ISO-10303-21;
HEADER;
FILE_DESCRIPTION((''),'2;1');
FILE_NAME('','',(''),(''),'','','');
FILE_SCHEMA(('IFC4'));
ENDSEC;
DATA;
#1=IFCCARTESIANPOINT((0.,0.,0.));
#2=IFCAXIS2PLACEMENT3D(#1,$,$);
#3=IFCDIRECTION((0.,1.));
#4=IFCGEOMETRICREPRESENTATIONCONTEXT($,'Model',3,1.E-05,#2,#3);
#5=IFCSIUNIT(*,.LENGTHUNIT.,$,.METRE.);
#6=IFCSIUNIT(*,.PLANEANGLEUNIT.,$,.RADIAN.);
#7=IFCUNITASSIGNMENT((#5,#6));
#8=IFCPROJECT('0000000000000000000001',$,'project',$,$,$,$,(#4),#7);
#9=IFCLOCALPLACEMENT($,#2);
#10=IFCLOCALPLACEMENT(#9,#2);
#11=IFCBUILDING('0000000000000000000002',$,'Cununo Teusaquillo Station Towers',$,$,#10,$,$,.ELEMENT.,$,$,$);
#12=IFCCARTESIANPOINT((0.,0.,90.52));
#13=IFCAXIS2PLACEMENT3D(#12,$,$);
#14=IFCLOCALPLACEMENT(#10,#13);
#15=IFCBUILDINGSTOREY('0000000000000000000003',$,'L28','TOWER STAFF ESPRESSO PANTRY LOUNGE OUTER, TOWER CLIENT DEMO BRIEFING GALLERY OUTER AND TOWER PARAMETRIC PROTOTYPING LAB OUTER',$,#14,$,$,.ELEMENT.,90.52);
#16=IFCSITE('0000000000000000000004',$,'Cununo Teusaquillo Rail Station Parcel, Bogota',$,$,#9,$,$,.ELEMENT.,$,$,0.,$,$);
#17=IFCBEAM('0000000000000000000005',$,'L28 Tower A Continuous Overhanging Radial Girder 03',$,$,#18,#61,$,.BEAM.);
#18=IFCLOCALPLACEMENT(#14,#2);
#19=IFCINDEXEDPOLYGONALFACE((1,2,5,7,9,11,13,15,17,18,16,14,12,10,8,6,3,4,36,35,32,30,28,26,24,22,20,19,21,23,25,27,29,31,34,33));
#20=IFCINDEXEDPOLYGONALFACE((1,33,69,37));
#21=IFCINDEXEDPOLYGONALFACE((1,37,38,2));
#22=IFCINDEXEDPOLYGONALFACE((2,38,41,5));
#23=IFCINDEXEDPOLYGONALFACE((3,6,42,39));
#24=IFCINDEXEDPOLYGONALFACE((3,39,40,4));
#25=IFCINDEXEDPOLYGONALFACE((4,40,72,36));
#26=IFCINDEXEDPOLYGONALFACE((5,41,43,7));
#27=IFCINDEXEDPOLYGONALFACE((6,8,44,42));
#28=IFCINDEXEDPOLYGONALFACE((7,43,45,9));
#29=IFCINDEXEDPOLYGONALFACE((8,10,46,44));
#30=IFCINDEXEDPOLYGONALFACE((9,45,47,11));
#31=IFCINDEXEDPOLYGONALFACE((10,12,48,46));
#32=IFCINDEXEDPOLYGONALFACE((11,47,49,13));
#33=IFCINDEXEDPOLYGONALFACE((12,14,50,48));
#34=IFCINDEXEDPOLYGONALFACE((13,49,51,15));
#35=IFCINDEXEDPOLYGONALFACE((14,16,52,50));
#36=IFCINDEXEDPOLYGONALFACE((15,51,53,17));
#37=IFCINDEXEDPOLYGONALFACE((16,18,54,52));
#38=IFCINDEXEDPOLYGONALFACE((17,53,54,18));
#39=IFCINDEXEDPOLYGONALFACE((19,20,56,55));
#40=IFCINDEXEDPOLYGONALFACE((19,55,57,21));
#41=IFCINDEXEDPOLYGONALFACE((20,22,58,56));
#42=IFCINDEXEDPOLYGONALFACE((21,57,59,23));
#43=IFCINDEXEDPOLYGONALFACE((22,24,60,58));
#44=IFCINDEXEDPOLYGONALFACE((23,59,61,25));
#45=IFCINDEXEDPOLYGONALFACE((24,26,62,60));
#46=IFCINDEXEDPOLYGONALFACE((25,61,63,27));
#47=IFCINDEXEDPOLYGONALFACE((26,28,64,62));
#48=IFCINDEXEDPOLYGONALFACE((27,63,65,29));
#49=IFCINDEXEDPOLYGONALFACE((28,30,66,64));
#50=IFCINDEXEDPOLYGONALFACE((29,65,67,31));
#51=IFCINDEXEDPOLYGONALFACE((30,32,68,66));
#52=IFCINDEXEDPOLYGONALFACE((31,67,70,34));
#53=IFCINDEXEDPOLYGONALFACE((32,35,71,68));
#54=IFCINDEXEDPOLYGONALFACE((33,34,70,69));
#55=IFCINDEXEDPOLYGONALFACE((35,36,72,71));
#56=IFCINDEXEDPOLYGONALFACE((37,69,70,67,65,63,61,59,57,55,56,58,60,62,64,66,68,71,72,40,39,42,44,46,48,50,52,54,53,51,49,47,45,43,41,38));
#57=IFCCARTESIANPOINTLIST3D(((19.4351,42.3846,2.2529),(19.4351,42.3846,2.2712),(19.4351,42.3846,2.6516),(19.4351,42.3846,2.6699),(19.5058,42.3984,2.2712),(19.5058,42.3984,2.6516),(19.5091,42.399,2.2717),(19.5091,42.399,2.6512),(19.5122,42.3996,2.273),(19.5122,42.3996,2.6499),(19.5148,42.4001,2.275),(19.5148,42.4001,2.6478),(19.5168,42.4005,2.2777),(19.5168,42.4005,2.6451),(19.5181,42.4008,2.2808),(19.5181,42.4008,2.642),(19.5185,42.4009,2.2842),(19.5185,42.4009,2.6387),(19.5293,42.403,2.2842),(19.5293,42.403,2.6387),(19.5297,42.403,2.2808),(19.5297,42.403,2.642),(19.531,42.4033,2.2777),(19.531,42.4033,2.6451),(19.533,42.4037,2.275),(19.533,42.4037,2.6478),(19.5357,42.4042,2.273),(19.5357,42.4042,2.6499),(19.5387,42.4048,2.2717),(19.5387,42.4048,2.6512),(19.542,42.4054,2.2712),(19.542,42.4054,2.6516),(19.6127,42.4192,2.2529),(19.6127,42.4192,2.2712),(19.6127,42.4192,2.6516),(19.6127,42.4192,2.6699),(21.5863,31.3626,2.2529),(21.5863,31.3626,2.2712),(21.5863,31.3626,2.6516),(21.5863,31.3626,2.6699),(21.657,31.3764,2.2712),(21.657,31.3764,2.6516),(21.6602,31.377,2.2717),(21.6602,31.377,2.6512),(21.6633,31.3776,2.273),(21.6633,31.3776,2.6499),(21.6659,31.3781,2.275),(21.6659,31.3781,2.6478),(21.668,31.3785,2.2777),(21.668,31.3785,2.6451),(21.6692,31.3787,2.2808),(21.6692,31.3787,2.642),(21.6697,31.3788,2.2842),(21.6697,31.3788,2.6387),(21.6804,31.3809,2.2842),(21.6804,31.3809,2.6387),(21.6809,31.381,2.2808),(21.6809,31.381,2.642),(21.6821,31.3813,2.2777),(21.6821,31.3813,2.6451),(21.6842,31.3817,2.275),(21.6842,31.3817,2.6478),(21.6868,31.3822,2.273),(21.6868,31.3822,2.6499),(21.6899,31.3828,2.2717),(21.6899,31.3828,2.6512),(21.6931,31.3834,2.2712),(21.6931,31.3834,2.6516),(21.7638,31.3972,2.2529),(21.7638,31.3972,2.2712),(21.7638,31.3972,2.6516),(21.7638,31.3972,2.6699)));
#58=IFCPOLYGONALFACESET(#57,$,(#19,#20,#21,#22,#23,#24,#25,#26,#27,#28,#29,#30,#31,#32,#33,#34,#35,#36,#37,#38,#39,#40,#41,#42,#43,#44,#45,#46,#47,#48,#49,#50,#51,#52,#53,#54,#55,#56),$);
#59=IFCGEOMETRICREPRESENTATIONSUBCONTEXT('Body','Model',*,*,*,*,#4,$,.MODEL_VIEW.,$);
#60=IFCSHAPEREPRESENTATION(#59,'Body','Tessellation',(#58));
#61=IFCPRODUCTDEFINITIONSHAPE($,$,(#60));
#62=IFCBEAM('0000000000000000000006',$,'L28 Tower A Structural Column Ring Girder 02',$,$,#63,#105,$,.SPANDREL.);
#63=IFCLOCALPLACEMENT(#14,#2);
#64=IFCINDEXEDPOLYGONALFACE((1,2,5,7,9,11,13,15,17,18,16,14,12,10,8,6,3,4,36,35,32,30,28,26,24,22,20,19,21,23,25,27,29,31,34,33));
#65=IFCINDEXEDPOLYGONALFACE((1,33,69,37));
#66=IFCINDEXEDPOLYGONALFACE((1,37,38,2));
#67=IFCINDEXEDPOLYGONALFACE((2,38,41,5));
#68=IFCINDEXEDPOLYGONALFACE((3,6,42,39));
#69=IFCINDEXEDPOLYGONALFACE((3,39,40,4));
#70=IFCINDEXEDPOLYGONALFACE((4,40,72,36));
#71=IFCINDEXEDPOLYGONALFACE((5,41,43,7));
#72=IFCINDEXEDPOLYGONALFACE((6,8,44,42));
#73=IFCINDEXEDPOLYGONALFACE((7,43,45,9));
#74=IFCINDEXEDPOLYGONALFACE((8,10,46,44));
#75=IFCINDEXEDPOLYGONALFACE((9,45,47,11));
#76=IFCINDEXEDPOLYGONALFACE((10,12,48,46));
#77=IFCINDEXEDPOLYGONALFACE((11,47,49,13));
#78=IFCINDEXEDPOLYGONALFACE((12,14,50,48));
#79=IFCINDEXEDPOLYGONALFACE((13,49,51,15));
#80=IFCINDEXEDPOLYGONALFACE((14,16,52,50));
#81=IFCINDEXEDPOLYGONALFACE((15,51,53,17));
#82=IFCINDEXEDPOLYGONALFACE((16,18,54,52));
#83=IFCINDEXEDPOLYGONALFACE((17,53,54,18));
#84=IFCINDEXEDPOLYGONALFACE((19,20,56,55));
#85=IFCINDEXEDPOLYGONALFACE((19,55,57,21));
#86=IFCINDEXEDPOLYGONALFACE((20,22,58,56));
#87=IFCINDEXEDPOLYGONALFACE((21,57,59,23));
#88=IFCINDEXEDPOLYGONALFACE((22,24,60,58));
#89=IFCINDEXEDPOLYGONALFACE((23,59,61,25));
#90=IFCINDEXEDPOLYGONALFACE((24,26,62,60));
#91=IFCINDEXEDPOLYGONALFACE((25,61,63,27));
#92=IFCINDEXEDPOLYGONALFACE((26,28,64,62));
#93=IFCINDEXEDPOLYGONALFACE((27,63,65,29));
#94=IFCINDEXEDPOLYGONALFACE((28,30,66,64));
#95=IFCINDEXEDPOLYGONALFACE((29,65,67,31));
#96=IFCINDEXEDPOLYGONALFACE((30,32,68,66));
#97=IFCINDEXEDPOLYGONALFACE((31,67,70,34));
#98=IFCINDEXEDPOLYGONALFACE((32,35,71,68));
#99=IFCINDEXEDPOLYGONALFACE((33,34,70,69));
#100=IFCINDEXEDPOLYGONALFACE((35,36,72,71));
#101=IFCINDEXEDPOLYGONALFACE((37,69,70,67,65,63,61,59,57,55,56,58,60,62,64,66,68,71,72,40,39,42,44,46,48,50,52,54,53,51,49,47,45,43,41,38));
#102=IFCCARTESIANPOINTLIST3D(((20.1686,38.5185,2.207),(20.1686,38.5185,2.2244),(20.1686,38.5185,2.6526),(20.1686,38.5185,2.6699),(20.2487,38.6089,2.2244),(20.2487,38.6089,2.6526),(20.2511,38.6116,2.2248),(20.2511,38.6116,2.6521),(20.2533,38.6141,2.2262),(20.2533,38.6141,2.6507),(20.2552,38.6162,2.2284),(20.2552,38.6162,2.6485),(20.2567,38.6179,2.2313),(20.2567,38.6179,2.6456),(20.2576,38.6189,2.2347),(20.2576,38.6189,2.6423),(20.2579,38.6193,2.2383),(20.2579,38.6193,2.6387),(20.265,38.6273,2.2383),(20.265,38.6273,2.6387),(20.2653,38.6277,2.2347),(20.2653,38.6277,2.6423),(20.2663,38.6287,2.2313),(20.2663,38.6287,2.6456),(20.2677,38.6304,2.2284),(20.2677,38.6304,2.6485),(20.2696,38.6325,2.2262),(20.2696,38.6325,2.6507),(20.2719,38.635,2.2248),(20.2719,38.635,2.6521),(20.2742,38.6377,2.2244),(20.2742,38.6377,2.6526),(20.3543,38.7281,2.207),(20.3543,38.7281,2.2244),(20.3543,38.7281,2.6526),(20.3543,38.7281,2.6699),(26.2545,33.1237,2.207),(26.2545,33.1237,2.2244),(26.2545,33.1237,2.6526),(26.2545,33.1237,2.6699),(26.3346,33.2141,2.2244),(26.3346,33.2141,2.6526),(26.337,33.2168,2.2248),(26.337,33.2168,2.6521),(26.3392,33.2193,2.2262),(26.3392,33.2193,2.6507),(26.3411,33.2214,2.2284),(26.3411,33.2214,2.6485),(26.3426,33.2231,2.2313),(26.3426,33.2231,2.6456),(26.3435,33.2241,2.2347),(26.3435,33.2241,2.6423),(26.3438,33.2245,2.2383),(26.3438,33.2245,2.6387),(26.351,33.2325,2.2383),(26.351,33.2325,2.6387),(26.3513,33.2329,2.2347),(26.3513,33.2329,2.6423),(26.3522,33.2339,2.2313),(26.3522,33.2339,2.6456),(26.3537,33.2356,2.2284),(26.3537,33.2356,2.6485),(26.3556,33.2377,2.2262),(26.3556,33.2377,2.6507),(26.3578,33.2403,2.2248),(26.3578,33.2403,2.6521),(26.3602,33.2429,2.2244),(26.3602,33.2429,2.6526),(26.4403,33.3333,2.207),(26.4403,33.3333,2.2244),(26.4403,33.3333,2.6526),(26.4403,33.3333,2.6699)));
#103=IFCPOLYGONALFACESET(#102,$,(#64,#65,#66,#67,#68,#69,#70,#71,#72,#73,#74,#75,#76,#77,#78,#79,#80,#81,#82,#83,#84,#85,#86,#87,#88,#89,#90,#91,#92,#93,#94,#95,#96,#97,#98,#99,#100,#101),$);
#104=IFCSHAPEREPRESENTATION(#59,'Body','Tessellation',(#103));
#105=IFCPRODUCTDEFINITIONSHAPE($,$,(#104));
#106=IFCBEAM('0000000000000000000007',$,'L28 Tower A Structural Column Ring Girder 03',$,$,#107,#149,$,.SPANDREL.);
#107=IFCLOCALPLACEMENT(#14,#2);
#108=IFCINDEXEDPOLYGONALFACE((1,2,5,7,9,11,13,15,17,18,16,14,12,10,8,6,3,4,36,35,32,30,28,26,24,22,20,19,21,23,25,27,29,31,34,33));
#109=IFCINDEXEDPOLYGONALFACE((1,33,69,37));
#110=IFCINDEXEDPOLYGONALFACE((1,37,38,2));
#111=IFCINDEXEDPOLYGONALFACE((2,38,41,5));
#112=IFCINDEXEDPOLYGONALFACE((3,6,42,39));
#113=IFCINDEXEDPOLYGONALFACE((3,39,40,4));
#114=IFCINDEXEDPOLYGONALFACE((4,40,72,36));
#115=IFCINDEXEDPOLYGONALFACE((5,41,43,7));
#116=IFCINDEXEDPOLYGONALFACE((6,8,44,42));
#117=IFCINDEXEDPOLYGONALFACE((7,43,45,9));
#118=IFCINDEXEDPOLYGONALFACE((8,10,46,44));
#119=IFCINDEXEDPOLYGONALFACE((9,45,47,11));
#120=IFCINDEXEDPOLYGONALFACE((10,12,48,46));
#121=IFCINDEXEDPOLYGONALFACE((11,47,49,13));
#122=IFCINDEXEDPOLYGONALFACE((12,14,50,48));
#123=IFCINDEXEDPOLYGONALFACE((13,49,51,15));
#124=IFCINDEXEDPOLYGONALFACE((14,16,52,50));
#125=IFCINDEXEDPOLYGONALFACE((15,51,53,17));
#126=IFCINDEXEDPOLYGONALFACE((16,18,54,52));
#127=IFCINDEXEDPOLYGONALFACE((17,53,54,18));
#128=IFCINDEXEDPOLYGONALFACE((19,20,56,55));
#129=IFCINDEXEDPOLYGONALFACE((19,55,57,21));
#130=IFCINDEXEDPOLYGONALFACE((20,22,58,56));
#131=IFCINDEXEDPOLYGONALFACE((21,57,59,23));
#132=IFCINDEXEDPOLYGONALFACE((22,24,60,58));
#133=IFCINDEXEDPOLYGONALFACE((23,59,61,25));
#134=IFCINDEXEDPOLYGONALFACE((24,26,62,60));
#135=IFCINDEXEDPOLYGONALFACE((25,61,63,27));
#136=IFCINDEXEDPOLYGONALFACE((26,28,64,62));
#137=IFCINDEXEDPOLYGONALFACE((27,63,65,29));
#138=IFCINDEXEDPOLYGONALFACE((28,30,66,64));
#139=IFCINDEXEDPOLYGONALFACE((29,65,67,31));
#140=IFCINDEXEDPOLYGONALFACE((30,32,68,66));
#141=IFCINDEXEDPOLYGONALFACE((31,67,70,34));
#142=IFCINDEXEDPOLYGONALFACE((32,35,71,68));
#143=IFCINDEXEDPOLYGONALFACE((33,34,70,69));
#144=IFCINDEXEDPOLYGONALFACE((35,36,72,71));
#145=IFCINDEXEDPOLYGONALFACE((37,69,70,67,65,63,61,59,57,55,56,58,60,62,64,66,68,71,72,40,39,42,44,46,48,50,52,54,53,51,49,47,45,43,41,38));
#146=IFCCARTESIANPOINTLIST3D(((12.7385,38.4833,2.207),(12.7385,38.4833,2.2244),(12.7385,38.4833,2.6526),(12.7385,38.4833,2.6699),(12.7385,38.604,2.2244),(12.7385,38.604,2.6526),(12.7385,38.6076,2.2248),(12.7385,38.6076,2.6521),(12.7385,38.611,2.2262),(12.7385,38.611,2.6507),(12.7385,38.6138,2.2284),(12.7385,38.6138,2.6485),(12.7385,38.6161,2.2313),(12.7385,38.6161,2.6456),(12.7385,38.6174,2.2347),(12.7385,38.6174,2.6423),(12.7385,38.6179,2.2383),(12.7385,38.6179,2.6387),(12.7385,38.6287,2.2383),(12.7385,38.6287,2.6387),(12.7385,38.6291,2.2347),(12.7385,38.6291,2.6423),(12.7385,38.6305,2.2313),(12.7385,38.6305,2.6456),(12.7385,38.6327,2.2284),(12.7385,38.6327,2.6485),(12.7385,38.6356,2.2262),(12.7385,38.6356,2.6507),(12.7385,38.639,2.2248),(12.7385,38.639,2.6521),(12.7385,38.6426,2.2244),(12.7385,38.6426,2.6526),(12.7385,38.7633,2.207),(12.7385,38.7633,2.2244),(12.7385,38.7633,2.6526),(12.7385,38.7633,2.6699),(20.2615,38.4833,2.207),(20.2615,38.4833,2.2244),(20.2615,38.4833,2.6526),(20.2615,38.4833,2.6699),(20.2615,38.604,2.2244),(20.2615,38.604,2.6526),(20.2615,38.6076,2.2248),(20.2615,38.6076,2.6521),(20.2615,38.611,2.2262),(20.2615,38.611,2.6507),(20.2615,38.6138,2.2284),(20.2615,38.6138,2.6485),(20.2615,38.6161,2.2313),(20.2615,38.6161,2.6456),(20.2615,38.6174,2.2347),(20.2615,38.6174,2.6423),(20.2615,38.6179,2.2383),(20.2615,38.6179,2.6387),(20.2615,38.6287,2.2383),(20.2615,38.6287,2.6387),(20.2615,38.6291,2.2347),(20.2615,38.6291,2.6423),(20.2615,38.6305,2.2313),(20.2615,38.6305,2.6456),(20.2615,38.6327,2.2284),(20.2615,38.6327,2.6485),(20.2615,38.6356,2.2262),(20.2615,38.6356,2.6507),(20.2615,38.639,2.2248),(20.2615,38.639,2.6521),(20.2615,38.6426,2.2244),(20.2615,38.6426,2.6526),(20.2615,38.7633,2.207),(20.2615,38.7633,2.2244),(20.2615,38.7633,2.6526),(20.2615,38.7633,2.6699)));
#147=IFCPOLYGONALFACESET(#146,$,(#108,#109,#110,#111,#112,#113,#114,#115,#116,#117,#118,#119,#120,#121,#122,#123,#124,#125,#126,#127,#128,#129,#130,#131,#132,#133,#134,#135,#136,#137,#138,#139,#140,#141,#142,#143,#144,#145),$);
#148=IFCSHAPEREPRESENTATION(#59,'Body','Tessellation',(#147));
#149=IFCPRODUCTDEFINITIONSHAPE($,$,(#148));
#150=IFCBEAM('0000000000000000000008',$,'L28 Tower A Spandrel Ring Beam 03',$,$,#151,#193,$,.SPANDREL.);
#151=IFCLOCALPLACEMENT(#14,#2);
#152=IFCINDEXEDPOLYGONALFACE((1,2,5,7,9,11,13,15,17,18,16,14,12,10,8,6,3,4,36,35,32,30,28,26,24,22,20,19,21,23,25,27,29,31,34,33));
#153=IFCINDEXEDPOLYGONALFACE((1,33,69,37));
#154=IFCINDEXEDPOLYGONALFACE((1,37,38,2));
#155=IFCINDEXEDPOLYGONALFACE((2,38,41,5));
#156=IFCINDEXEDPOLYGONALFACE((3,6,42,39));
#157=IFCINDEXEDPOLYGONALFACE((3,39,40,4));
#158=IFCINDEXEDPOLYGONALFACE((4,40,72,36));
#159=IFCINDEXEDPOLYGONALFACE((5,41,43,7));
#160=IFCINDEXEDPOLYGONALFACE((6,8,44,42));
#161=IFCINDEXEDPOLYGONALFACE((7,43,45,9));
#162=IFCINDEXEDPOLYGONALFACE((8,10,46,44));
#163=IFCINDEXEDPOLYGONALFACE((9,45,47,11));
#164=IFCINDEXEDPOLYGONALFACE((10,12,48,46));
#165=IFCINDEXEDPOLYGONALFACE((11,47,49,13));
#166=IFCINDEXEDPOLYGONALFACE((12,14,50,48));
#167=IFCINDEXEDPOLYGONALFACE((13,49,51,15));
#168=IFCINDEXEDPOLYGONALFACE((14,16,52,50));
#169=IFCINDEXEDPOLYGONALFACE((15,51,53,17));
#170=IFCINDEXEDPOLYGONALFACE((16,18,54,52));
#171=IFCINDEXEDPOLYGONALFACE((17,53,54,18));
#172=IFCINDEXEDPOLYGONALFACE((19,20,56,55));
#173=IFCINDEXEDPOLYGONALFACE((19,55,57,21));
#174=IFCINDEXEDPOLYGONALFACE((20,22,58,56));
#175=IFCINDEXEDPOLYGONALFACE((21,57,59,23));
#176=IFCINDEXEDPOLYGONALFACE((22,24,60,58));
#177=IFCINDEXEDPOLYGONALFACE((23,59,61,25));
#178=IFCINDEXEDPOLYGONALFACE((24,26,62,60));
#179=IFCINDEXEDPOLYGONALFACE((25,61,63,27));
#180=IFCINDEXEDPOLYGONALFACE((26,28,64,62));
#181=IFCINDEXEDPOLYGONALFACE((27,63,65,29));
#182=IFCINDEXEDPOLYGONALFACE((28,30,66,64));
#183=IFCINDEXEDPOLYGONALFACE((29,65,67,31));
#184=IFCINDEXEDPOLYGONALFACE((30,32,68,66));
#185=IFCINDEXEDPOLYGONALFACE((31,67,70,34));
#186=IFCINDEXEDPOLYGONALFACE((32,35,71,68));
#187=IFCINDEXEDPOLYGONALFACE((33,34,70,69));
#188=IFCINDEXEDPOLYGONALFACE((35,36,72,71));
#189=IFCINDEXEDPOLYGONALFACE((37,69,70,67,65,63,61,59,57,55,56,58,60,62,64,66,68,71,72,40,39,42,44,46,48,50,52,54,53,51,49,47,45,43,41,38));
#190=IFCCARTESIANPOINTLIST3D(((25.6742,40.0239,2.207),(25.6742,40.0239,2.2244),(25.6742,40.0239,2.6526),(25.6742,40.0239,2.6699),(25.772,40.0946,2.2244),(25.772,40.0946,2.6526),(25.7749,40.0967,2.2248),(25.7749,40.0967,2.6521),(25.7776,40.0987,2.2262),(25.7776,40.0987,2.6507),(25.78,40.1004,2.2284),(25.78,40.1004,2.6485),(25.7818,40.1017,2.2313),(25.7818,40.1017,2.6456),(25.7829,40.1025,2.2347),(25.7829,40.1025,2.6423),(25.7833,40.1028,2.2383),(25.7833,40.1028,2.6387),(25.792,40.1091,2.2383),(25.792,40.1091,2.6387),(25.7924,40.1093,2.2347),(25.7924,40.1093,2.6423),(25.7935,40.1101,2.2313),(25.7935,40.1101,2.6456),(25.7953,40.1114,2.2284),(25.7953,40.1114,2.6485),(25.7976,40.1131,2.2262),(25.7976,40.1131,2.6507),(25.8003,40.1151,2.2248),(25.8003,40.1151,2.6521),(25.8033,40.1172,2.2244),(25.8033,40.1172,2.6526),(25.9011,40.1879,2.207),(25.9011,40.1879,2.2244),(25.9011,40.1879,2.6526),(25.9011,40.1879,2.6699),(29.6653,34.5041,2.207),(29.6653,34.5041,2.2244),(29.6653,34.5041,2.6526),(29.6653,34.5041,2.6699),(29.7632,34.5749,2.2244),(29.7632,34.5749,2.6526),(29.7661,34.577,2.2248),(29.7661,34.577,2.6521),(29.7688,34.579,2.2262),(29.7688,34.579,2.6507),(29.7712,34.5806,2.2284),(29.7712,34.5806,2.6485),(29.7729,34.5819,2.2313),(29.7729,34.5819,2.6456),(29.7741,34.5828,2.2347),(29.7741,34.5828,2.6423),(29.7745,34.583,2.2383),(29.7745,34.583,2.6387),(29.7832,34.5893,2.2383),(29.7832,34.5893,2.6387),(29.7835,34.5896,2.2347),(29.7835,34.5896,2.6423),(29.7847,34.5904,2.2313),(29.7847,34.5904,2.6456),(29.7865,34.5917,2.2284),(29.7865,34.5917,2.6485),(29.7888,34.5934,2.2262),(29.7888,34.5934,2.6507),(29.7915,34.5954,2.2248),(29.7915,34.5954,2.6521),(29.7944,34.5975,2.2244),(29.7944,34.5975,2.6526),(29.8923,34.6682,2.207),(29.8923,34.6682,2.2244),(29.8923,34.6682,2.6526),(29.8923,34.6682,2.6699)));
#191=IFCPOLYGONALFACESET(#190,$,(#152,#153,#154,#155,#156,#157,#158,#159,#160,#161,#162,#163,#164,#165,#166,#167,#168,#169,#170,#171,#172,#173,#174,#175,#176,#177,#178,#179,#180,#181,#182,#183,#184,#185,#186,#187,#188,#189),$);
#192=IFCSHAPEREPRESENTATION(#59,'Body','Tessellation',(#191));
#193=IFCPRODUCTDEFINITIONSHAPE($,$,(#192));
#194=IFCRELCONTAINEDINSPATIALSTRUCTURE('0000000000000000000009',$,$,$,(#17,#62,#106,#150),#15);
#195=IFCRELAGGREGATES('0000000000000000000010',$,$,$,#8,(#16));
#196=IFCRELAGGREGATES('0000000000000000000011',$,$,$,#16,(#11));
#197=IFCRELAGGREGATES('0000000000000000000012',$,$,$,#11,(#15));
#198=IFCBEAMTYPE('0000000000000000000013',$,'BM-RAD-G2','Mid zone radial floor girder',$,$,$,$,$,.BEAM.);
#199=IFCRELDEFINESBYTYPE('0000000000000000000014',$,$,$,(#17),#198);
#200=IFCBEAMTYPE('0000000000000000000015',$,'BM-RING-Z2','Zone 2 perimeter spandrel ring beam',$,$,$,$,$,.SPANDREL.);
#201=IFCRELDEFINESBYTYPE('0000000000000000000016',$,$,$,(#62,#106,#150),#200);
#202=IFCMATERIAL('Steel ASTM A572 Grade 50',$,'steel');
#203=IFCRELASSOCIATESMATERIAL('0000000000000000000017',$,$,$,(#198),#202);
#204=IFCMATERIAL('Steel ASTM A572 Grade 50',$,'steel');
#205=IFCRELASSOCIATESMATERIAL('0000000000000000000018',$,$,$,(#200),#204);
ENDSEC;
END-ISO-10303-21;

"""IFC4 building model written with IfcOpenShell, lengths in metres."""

from ifc_helpers import new_model, si_unit, direction, frame, origin, origin_2d, place, context, subcontext, project, spatial, i_section, extrude, material, material_profile, profile_set, type_object, element, save


model = new_model("IFC4")

# Units and contexts
model_context = context("Model", 3, precision=1e-05, world=origin(), true_north=direction((0.0, 1.0)))
body_context = subcontext(model_context, "Body", "Model", "MODEL_VIEW")
ifc_project = project(units=[si_unit("LENGTHUNIT", "METRE"), si_unit("PLANEANGLEUNIT", "RADIAN")], contexts=[model_context])

# Site, building, storey
site_placement = place(None, origin())
site = spatial("IfcSite", under=ifc_project, at=site_placement, Name="Cununo Teusaquillo Rail Station Parcel, Bogota", CompositionType="ELEMENT", RefElevation=0.0)
building_placement = place(site_placement, origin())
building = spatial("IfcBuilding", under=site, at=building_placement, Name="Cununo Teusaquillo Station Towers", CompositionType="ELEMENT")
storey_placement = place(building_placement, frame((0.0, 0.0, 90.52)))
storey = spatial("IfcBuildingStorey", under=building, at=storey_placement, Name="L28", Description="TOWER STAFF ESPRESSO PANTRY LOUNGE OUTER, TOWER CLIENT DEMO BRIEFING GALLERY OUTER AND TOWER PARAMETRIC PROTOTYPING LAB OUTER", CompositionType="ELEMENT", Elevation=90.52)

# Beams
ifc_material_1 = material(Name="Steel ASTM A572 Grade 50", Category="steel")
ifc_material_profile_1 = material_profile(ifc_material_1, i_section(OverallWidth=0.1809, OverallDepth=0.417, WebThickness=0.011, FlangeThickness=0.0183, FilletRadius=0.0129, at=origin_2d()), Name="W16X57")
ifc_profile_set_1 = profile_set([ifc_material_profile_1], Name="Steel ASTM A572 Grade 50")
beam_type_1 = type_object("IfcBeamType", Name="BM-RAD-G2", Description="Mid zone radial floor girder", PredefinedType="BEAM", material=ifc_profile_set_1)
beam_1_placement = place(storey_placement, frame((21.675, 31.3799, 2.4614), z_axis=(-0.191553, 0.981482, 0.0), x_axis=(-0.981482, -0.191553, 0.0)))
element("IfcBeam", 1, at=beam_1_placement, inside=storey, type_object=beam_type_1, Name="L28 Tower A Continuous Overhanging Radial Girder 03", PredefinedType="BEAM", context=body_context, shape_type="SweptSolid", body=[
    extrude(i_section(OverallWidth=0.1809, OverallDepth=0.417, WebThickness=0.011, FlangeThickness=0.0183, FilletRadius=0.0129, at=origin_2d()), origin(), (0.0, 0.0, 1.0), 11.23),
])
ifc_material_2 = material(Name="Steel ASTM A572 Grade 50", Category="steel")
ifc_material_profile_2 = material_profile(ifc_material_2, i_section(OverallWidth=0.28, OverallDepth=0.4629, WebThickness=0.0107, FlangeThickness=0.0173, FilletRadius=0.0139, at=origin_2d()), Name="W18X76")
ifc_profile_set_2 = profile_set([ifc_material_profile_2], Name="Steel ASTM A572 Grade 50")
beam_type_2 = type_object("IfcBeamType", Name="BM-RING-Z2", Description="Zone 2 perimeter spandrel ring beam", PredefinedType="SPANDREL", material=ifc_profile_set_2)
beam_2_placement = place(storey_placement, frame((26.3474, 33.2285, 2.4385), z_axis=(-0.748321, 0.663337, 0.0), x_axis=(-0.663337, -0.748321, 0.0)))
element("IfcBeam", 2, at=beam_2_placement, inside=storey, type_object=beam_type_2, Name="L28 Tower A Structural Column Ring Girder 02", PredefinedType="SPANDREL", context=body_context, shape_type="SweptSolid", body=[
    extrude(i_section(OverallWidth=0.28, OverallDepth=0.4629, WebThickness=0.0107, FlangeThickness=0.0173, FilletRadius=0.0139, at=origin_2d()), origin(), (0.0, 0.0, 1.0), 8.1328),
])
beam_3_placement = place(storey_placement, frame((20.2615, 38.6233, 2.4385), z_axis=(-1.0, 0.0, 0.0), x_axis=(0.0, -1.0, 0.0)))
element("IfcBeam", 3, at=beam_3_placement, inside=storey, type_object=beam_type_2, Name="L28 Tower A Structural Column Ring Girder 03", PredefinedType="SPANDREL", context=body_context, shape_type="SweptSolid", body=[
    extrude(i_section(OverallWidth=0.28, OverallDepth=0.4629, WebThickness=0.0107, FlangeThickness=0.0173, FilletRadius=0.0139, at=origin_2d()), origin(), (0.0, 0.0, 1.0), 7.5229),
])
beam_4_placement = place(storey_placement, frame((29.7788, 34.5862, 2.4385), z_axis=(-0.585945, 0.810351, 0.0), x_axis=(-0.810351, -0.585945, 0.0)))
element("IfcBeam", 4, at=beam_4_placement, inside=storey, type_object=beam_type_2, Name="L28 Tower A Spandrel Ring Beam 03", PredefinedType="SPANDREL", context=body_context, shape_type="SweptSolid", body=[
    extrude(i_section(OverallWidth=0.28, OverallDepth=0.4629, WebThickness=0.0107, FlangeThickness=0.0173, FilletRadius=0.0139, at=origin_2d()), origin(), (0.0, 0.0, 1.0), 6.8115),
])

save(model, "model.ifc")
